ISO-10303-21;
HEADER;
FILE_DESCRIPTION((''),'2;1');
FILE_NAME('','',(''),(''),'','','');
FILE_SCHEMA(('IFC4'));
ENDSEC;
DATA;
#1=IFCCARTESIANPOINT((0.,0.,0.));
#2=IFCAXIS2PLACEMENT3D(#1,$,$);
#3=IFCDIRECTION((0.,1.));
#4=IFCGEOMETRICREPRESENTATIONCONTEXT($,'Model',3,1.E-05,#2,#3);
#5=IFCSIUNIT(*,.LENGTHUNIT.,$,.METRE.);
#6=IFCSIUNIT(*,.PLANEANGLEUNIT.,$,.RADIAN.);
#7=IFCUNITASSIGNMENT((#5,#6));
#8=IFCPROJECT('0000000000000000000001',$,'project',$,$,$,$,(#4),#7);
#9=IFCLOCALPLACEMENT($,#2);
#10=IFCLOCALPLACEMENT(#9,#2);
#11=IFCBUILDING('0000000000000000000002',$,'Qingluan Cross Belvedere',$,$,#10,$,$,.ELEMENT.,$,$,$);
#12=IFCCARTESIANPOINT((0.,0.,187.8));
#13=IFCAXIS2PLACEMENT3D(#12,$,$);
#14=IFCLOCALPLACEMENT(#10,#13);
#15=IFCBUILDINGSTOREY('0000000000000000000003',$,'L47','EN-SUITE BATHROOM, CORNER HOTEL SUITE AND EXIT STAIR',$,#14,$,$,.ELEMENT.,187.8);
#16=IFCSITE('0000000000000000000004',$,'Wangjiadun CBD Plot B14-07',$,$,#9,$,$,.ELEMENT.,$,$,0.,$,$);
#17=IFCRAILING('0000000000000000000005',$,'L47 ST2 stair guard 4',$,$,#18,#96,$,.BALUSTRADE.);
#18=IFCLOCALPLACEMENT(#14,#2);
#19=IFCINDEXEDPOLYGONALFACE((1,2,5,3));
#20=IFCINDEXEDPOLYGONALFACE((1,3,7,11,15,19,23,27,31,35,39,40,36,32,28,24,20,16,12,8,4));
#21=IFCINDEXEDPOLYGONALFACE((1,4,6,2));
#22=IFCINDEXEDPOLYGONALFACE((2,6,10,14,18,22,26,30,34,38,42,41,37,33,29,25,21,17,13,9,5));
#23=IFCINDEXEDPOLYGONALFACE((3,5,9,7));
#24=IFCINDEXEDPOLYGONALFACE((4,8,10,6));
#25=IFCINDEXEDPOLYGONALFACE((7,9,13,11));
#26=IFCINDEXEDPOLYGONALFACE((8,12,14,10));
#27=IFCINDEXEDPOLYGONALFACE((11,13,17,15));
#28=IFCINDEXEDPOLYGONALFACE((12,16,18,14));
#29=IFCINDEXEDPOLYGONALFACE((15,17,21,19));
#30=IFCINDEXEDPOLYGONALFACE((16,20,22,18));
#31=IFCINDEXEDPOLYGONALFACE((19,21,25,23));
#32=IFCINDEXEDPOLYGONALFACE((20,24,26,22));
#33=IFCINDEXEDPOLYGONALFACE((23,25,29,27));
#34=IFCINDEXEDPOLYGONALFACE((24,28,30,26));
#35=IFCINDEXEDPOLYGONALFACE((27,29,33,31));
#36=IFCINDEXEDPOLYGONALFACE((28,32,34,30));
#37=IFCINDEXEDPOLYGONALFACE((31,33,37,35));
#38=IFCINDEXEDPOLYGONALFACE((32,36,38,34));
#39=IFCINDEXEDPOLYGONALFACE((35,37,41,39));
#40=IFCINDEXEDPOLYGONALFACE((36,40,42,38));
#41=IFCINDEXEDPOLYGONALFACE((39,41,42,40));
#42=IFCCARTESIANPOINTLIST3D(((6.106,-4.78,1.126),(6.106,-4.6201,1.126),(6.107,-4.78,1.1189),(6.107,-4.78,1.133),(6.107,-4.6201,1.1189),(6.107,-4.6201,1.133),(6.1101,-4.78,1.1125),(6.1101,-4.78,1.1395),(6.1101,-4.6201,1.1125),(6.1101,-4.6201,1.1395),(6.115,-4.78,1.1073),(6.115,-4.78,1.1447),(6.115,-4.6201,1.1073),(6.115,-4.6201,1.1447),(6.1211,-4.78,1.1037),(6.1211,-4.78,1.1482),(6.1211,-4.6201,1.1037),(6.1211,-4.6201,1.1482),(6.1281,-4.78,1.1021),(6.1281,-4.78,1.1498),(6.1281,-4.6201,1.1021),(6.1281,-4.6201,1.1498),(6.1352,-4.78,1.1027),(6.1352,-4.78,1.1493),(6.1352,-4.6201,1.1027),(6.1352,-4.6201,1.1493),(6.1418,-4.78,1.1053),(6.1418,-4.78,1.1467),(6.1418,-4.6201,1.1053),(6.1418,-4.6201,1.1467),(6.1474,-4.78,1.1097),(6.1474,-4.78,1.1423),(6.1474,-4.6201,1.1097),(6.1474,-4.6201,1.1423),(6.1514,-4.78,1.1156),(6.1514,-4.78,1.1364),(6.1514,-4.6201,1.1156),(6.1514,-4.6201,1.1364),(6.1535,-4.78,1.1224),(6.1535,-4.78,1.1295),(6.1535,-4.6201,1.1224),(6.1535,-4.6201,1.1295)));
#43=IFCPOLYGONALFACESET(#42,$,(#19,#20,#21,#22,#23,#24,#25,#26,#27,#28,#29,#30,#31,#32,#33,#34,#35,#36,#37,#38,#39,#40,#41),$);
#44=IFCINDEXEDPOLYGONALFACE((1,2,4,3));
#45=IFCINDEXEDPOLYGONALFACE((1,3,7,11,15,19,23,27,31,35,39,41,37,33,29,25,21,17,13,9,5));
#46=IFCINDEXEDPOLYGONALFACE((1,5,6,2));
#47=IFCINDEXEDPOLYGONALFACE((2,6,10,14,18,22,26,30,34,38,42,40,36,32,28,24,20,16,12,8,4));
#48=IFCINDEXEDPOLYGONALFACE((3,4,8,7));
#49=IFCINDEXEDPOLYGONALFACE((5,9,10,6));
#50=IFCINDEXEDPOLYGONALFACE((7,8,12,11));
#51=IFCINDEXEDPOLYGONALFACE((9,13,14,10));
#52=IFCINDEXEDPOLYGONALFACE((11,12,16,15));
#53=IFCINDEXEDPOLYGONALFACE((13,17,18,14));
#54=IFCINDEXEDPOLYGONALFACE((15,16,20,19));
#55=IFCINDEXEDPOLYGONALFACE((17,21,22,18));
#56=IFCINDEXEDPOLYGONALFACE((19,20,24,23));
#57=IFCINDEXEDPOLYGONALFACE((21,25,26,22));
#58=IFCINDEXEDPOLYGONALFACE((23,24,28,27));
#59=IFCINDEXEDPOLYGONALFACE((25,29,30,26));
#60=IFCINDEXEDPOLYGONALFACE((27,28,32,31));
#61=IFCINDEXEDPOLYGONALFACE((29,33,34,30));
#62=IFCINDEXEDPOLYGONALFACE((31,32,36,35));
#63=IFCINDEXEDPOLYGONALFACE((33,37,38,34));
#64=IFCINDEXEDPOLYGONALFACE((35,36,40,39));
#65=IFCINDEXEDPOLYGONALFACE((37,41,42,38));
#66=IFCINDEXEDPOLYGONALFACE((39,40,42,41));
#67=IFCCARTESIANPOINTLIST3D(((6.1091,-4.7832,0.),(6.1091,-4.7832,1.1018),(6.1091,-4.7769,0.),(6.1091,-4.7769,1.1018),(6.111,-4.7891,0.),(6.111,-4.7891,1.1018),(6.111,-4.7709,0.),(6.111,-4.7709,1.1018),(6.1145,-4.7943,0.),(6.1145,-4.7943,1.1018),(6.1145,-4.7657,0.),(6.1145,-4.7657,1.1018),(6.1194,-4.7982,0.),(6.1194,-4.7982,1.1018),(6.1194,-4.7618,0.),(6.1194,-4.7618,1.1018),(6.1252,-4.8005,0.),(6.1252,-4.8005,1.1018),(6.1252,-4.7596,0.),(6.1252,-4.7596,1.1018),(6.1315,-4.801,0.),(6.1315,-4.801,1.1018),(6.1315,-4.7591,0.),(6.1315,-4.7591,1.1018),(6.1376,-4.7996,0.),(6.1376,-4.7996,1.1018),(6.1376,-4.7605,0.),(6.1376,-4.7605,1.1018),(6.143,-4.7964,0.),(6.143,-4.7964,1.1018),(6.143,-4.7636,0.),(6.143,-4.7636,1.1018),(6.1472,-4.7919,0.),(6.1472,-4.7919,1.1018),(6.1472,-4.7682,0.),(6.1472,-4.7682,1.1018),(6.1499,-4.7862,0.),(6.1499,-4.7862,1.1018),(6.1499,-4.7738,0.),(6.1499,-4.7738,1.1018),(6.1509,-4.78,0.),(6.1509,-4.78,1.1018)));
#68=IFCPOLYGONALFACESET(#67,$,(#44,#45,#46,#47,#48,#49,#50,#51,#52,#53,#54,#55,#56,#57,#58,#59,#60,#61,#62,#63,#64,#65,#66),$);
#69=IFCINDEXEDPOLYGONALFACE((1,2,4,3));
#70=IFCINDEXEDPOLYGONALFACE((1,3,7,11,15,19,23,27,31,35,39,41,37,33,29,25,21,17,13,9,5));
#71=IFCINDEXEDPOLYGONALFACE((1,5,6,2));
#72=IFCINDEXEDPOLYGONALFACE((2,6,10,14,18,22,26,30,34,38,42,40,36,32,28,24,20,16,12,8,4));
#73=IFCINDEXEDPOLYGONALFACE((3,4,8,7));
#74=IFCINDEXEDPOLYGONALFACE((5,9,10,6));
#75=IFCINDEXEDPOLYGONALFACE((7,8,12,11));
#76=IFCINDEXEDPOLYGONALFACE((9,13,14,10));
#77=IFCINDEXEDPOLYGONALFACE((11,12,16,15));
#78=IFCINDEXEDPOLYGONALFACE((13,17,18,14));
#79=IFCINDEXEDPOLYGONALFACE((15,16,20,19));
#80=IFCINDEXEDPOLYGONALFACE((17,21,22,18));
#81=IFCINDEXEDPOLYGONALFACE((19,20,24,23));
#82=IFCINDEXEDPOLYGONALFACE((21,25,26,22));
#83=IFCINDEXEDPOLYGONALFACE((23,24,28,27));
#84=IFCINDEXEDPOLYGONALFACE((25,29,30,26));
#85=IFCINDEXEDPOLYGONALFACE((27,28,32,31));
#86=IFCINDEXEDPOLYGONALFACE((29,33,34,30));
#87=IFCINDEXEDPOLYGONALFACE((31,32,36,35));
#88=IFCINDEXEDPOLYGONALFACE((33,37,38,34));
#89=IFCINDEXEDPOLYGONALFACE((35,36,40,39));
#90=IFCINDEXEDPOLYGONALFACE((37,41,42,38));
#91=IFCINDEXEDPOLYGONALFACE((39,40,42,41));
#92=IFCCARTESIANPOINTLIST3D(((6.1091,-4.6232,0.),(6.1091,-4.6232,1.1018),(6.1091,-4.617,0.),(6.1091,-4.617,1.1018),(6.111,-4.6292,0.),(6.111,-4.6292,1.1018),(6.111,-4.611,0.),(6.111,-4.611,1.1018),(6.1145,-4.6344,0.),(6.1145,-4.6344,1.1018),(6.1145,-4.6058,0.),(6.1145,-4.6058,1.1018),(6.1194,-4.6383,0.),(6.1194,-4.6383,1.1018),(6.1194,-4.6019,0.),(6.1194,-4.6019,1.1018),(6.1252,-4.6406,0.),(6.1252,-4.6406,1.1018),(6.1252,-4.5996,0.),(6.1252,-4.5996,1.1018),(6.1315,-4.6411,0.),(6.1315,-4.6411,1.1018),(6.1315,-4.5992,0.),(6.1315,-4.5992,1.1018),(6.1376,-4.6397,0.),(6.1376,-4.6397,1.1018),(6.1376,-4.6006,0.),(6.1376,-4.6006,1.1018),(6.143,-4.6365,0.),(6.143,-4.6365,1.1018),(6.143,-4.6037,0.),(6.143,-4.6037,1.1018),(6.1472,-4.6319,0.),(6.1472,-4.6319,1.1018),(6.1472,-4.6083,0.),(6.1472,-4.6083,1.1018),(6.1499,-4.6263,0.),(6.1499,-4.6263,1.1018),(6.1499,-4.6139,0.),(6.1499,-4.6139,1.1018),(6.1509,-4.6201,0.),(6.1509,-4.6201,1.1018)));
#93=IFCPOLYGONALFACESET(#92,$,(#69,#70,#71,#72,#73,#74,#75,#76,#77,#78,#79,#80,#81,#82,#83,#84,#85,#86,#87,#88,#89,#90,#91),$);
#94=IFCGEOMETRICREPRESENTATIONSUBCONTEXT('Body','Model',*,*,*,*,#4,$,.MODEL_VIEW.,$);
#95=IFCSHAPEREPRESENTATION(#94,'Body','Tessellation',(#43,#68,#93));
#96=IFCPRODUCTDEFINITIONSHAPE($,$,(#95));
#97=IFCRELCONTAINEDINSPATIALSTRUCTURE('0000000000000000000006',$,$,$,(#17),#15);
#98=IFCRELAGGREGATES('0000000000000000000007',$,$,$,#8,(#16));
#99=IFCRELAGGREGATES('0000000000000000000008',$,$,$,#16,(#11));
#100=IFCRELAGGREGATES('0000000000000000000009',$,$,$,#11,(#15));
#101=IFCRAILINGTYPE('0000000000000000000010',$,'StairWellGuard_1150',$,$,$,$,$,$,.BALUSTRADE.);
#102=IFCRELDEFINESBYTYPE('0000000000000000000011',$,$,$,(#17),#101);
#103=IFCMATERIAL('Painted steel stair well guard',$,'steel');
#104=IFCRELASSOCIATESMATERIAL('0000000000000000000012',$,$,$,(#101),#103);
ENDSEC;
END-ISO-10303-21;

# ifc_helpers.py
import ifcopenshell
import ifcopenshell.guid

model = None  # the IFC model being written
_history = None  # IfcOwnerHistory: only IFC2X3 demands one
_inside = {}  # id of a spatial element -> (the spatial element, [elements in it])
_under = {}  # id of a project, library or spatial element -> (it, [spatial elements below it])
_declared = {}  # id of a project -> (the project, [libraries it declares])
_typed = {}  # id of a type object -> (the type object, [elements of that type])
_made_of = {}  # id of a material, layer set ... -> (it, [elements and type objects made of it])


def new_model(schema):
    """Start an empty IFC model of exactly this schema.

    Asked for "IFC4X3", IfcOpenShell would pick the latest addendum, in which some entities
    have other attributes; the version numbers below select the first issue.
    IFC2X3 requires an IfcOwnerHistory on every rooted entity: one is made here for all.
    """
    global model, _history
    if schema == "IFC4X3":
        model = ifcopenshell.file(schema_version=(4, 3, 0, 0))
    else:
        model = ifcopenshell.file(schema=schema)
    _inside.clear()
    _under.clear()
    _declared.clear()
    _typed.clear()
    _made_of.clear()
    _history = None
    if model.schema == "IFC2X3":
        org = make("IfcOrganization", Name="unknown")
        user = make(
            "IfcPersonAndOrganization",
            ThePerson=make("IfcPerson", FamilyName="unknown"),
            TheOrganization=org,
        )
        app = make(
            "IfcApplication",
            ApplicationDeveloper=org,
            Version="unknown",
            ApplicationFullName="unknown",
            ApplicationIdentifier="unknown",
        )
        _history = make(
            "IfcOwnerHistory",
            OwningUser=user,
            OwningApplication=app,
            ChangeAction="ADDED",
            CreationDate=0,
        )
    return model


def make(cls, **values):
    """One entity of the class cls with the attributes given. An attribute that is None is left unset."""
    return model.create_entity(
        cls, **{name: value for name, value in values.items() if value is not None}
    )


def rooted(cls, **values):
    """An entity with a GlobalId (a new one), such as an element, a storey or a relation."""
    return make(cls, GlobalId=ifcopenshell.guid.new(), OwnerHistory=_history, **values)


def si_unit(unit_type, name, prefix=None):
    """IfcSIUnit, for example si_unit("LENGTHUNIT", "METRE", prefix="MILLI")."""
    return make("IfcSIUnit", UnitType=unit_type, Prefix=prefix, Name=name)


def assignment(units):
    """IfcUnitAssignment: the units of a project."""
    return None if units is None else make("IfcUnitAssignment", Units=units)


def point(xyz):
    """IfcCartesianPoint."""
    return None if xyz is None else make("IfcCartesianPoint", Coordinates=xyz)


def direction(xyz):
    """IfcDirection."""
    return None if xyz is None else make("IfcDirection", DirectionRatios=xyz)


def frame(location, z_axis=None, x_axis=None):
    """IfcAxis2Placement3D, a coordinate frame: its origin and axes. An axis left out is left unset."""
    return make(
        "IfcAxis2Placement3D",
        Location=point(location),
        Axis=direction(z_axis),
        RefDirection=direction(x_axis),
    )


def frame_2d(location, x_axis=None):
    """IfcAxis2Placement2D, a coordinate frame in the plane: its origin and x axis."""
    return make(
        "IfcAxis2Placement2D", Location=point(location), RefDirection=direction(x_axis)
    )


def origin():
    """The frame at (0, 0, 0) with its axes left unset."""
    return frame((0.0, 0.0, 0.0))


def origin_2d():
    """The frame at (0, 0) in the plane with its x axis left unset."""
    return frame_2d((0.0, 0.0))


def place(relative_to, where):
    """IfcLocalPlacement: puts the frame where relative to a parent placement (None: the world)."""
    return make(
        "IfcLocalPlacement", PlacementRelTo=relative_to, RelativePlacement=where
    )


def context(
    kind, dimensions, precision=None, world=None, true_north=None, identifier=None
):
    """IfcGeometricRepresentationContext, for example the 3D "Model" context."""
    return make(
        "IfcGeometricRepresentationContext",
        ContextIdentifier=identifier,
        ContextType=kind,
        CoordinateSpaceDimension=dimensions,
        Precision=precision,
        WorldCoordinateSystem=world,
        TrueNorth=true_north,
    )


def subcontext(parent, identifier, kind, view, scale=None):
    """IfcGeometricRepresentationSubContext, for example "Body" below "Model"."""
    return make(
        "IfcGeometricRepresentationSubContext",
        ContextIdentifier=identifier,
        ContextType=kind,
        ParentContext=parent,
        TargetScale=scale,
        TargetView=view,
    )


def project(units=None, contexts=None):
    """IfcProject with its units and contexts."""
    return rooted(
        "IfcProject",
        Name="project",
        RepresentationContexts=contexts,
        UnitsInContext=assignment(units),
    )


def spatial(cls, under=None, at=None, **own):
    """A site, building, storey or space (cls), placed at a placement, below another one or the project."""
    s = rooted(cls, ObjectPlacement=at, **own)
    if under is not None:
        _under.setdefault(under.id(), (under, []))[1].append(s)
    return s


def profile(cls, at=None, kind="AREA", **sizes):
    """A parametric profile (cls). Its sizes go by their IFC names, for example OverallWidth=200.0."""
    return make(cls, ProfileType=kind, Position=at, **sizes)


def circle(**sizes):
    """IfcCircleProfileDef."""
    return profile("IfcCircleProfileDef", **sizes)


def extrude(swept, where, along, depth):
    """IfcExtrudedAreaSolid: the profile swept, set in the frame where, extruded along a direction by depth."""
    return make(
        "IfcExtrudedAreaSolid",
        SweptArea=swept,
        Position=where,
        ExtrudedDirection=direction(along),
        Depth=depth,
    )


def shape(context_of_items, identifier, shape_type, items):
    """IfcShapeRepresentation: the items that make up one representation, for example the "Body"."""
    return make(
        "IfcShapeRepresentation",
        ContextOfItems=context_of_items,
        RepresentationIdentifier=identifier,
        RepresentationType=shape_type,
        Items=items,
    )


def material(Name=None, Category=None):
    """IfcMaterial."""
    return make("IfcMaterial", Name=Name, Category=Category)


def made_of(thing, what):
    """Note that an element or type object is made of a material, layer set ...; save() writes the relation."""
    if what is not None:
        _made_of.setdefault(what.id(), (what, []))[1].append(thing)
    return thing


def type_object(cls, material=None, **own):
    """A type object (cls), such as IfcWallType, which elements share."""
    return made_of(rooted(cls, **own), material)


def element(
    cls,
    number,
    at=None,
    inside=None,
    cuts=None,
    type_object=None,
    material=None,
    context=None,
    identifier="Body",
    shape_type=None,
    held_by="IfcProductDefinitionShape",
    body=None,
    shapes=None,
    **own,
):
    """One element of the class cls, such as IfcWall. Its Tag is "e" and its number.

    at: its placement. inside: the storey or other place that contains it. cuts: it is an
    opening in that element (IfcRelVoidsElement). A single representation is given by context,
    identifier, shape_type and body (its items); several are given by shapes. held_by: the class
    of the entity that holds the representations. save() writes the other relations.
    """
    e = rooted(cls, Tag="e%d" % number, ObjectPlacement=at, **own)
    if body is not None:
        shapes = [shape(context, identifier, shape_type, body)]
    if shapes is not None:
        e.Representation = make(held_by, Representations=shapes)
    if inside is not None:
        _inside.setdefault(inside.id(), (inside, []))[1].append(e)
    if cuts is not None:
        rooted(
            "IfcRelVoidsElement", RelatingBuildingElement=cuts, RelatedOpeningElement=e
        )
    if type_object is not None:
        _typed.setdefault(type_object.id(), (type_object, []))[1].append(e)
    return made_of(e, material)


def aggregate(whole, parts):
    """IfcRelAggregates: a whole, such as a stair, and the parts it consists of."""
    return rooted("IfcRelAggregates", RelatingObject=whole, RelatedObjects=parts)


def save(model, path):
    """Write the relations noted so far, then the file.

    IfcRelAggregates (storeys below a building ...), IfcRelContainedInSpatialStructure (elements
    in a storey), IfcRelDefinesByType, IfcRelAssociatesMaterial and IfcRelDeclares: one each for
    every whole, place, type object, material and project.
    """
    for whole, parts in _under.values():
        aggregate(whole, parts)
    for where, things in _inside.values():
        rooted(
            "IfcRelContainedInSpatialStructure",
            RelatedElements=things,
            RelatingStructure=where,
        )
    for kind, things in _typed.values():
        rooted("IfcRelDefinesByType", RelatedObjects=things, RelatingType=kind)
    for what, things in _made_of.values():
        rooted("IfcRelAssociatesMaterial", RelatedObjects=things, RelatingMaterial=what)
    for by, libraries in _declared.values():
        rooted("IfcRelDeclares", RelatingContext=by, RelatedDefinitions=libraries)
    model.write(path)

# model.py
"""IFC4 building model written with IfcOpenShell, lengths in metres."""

from ifc_helpers import new_model, si_unit, direction, frame, origin, origin_2d, place, context, subcontext, project, spatial, circle, extrude, material, type_object, element, save


model = new_model("IFC4")

# Units and contexts
model_context = context("Model", 3, precision=1e-05, world=origin(), true_north=direction((0.0, 1.0)))
body_context = subcontext(model_context, "Body", "Model", "MODEL_VIEW")
ifc_project = project(units=[si_unit("LENGTHUNIT", "METRE"), si_unit("PLANEANGLEUNIT", "RADIAN")], contexts=[model_context])

# Site, building, storey
site_placement = place(None, origin())
site = spatial("IfcSite", under=ifc_project, at=site_placement, Name="Wangjiadun CBD Plot B14-07", CompositionType="ELEMENT", RefElevation=0.0)
building_placement = place(site_placement, origin())
building = spatial("IfcBuilding", under=site, at=building_placement, Name="Qingluan Cross Belvedere", CompositionType="ELEMENT")
storey_placement = place(building_placement, frame((0.0, 0.0, 187.8)))
storey = spatial("IfcBuildingStorey", under=building, at=storey_placement, Name="L47", Description="EN-SUITE BATHROOM, CORNER HOTEL SUITE AND EXIT STAIR", CompositionType="ELEMENT", Elevation=187.8)

# Railing
ifc_material_1 = material(Name="Painted steel stair well guard", Category="steel")
railing_type_1 = type_object("IfcRailingType", Name="StairWellGuard_1150", PredefinedType="BALUSTRADE", material=ifc_material_1)
railing_1_placement = place(storey_placement, frame((6.1299, -4.78, 0.0)))
element("IfcRailing", 1, at=railing_1_placement, inside=storey, type_object=railing_type_1, Name="L47 ST2 stair guard 4", PredefinedType="BALUSTRADE", context=body_context, shape_type="SweptSolid", body=[
    extrude(circle(Radius=0.0239, at=origin_2d()), frame((0.0, 0.0, 1.126), z_axis=(0.0, 1.0, 0.0), x_axis=(-1.0, 0.0, 0.0)), (0.0, 0.0, 1.0), 0.1599),
    extrude(circle(Radius=0.021, at=origin_2d()), origin(), (0.0, 0.0, 1.0), 1.1018),
    extrude(circle(Radius=0.021, at=origin_2d()), frame((0.0, 0.1599, 0.0)), (0.0, 0.0, 1.0), 1.1018),
])

save(model, "model.ifc")
